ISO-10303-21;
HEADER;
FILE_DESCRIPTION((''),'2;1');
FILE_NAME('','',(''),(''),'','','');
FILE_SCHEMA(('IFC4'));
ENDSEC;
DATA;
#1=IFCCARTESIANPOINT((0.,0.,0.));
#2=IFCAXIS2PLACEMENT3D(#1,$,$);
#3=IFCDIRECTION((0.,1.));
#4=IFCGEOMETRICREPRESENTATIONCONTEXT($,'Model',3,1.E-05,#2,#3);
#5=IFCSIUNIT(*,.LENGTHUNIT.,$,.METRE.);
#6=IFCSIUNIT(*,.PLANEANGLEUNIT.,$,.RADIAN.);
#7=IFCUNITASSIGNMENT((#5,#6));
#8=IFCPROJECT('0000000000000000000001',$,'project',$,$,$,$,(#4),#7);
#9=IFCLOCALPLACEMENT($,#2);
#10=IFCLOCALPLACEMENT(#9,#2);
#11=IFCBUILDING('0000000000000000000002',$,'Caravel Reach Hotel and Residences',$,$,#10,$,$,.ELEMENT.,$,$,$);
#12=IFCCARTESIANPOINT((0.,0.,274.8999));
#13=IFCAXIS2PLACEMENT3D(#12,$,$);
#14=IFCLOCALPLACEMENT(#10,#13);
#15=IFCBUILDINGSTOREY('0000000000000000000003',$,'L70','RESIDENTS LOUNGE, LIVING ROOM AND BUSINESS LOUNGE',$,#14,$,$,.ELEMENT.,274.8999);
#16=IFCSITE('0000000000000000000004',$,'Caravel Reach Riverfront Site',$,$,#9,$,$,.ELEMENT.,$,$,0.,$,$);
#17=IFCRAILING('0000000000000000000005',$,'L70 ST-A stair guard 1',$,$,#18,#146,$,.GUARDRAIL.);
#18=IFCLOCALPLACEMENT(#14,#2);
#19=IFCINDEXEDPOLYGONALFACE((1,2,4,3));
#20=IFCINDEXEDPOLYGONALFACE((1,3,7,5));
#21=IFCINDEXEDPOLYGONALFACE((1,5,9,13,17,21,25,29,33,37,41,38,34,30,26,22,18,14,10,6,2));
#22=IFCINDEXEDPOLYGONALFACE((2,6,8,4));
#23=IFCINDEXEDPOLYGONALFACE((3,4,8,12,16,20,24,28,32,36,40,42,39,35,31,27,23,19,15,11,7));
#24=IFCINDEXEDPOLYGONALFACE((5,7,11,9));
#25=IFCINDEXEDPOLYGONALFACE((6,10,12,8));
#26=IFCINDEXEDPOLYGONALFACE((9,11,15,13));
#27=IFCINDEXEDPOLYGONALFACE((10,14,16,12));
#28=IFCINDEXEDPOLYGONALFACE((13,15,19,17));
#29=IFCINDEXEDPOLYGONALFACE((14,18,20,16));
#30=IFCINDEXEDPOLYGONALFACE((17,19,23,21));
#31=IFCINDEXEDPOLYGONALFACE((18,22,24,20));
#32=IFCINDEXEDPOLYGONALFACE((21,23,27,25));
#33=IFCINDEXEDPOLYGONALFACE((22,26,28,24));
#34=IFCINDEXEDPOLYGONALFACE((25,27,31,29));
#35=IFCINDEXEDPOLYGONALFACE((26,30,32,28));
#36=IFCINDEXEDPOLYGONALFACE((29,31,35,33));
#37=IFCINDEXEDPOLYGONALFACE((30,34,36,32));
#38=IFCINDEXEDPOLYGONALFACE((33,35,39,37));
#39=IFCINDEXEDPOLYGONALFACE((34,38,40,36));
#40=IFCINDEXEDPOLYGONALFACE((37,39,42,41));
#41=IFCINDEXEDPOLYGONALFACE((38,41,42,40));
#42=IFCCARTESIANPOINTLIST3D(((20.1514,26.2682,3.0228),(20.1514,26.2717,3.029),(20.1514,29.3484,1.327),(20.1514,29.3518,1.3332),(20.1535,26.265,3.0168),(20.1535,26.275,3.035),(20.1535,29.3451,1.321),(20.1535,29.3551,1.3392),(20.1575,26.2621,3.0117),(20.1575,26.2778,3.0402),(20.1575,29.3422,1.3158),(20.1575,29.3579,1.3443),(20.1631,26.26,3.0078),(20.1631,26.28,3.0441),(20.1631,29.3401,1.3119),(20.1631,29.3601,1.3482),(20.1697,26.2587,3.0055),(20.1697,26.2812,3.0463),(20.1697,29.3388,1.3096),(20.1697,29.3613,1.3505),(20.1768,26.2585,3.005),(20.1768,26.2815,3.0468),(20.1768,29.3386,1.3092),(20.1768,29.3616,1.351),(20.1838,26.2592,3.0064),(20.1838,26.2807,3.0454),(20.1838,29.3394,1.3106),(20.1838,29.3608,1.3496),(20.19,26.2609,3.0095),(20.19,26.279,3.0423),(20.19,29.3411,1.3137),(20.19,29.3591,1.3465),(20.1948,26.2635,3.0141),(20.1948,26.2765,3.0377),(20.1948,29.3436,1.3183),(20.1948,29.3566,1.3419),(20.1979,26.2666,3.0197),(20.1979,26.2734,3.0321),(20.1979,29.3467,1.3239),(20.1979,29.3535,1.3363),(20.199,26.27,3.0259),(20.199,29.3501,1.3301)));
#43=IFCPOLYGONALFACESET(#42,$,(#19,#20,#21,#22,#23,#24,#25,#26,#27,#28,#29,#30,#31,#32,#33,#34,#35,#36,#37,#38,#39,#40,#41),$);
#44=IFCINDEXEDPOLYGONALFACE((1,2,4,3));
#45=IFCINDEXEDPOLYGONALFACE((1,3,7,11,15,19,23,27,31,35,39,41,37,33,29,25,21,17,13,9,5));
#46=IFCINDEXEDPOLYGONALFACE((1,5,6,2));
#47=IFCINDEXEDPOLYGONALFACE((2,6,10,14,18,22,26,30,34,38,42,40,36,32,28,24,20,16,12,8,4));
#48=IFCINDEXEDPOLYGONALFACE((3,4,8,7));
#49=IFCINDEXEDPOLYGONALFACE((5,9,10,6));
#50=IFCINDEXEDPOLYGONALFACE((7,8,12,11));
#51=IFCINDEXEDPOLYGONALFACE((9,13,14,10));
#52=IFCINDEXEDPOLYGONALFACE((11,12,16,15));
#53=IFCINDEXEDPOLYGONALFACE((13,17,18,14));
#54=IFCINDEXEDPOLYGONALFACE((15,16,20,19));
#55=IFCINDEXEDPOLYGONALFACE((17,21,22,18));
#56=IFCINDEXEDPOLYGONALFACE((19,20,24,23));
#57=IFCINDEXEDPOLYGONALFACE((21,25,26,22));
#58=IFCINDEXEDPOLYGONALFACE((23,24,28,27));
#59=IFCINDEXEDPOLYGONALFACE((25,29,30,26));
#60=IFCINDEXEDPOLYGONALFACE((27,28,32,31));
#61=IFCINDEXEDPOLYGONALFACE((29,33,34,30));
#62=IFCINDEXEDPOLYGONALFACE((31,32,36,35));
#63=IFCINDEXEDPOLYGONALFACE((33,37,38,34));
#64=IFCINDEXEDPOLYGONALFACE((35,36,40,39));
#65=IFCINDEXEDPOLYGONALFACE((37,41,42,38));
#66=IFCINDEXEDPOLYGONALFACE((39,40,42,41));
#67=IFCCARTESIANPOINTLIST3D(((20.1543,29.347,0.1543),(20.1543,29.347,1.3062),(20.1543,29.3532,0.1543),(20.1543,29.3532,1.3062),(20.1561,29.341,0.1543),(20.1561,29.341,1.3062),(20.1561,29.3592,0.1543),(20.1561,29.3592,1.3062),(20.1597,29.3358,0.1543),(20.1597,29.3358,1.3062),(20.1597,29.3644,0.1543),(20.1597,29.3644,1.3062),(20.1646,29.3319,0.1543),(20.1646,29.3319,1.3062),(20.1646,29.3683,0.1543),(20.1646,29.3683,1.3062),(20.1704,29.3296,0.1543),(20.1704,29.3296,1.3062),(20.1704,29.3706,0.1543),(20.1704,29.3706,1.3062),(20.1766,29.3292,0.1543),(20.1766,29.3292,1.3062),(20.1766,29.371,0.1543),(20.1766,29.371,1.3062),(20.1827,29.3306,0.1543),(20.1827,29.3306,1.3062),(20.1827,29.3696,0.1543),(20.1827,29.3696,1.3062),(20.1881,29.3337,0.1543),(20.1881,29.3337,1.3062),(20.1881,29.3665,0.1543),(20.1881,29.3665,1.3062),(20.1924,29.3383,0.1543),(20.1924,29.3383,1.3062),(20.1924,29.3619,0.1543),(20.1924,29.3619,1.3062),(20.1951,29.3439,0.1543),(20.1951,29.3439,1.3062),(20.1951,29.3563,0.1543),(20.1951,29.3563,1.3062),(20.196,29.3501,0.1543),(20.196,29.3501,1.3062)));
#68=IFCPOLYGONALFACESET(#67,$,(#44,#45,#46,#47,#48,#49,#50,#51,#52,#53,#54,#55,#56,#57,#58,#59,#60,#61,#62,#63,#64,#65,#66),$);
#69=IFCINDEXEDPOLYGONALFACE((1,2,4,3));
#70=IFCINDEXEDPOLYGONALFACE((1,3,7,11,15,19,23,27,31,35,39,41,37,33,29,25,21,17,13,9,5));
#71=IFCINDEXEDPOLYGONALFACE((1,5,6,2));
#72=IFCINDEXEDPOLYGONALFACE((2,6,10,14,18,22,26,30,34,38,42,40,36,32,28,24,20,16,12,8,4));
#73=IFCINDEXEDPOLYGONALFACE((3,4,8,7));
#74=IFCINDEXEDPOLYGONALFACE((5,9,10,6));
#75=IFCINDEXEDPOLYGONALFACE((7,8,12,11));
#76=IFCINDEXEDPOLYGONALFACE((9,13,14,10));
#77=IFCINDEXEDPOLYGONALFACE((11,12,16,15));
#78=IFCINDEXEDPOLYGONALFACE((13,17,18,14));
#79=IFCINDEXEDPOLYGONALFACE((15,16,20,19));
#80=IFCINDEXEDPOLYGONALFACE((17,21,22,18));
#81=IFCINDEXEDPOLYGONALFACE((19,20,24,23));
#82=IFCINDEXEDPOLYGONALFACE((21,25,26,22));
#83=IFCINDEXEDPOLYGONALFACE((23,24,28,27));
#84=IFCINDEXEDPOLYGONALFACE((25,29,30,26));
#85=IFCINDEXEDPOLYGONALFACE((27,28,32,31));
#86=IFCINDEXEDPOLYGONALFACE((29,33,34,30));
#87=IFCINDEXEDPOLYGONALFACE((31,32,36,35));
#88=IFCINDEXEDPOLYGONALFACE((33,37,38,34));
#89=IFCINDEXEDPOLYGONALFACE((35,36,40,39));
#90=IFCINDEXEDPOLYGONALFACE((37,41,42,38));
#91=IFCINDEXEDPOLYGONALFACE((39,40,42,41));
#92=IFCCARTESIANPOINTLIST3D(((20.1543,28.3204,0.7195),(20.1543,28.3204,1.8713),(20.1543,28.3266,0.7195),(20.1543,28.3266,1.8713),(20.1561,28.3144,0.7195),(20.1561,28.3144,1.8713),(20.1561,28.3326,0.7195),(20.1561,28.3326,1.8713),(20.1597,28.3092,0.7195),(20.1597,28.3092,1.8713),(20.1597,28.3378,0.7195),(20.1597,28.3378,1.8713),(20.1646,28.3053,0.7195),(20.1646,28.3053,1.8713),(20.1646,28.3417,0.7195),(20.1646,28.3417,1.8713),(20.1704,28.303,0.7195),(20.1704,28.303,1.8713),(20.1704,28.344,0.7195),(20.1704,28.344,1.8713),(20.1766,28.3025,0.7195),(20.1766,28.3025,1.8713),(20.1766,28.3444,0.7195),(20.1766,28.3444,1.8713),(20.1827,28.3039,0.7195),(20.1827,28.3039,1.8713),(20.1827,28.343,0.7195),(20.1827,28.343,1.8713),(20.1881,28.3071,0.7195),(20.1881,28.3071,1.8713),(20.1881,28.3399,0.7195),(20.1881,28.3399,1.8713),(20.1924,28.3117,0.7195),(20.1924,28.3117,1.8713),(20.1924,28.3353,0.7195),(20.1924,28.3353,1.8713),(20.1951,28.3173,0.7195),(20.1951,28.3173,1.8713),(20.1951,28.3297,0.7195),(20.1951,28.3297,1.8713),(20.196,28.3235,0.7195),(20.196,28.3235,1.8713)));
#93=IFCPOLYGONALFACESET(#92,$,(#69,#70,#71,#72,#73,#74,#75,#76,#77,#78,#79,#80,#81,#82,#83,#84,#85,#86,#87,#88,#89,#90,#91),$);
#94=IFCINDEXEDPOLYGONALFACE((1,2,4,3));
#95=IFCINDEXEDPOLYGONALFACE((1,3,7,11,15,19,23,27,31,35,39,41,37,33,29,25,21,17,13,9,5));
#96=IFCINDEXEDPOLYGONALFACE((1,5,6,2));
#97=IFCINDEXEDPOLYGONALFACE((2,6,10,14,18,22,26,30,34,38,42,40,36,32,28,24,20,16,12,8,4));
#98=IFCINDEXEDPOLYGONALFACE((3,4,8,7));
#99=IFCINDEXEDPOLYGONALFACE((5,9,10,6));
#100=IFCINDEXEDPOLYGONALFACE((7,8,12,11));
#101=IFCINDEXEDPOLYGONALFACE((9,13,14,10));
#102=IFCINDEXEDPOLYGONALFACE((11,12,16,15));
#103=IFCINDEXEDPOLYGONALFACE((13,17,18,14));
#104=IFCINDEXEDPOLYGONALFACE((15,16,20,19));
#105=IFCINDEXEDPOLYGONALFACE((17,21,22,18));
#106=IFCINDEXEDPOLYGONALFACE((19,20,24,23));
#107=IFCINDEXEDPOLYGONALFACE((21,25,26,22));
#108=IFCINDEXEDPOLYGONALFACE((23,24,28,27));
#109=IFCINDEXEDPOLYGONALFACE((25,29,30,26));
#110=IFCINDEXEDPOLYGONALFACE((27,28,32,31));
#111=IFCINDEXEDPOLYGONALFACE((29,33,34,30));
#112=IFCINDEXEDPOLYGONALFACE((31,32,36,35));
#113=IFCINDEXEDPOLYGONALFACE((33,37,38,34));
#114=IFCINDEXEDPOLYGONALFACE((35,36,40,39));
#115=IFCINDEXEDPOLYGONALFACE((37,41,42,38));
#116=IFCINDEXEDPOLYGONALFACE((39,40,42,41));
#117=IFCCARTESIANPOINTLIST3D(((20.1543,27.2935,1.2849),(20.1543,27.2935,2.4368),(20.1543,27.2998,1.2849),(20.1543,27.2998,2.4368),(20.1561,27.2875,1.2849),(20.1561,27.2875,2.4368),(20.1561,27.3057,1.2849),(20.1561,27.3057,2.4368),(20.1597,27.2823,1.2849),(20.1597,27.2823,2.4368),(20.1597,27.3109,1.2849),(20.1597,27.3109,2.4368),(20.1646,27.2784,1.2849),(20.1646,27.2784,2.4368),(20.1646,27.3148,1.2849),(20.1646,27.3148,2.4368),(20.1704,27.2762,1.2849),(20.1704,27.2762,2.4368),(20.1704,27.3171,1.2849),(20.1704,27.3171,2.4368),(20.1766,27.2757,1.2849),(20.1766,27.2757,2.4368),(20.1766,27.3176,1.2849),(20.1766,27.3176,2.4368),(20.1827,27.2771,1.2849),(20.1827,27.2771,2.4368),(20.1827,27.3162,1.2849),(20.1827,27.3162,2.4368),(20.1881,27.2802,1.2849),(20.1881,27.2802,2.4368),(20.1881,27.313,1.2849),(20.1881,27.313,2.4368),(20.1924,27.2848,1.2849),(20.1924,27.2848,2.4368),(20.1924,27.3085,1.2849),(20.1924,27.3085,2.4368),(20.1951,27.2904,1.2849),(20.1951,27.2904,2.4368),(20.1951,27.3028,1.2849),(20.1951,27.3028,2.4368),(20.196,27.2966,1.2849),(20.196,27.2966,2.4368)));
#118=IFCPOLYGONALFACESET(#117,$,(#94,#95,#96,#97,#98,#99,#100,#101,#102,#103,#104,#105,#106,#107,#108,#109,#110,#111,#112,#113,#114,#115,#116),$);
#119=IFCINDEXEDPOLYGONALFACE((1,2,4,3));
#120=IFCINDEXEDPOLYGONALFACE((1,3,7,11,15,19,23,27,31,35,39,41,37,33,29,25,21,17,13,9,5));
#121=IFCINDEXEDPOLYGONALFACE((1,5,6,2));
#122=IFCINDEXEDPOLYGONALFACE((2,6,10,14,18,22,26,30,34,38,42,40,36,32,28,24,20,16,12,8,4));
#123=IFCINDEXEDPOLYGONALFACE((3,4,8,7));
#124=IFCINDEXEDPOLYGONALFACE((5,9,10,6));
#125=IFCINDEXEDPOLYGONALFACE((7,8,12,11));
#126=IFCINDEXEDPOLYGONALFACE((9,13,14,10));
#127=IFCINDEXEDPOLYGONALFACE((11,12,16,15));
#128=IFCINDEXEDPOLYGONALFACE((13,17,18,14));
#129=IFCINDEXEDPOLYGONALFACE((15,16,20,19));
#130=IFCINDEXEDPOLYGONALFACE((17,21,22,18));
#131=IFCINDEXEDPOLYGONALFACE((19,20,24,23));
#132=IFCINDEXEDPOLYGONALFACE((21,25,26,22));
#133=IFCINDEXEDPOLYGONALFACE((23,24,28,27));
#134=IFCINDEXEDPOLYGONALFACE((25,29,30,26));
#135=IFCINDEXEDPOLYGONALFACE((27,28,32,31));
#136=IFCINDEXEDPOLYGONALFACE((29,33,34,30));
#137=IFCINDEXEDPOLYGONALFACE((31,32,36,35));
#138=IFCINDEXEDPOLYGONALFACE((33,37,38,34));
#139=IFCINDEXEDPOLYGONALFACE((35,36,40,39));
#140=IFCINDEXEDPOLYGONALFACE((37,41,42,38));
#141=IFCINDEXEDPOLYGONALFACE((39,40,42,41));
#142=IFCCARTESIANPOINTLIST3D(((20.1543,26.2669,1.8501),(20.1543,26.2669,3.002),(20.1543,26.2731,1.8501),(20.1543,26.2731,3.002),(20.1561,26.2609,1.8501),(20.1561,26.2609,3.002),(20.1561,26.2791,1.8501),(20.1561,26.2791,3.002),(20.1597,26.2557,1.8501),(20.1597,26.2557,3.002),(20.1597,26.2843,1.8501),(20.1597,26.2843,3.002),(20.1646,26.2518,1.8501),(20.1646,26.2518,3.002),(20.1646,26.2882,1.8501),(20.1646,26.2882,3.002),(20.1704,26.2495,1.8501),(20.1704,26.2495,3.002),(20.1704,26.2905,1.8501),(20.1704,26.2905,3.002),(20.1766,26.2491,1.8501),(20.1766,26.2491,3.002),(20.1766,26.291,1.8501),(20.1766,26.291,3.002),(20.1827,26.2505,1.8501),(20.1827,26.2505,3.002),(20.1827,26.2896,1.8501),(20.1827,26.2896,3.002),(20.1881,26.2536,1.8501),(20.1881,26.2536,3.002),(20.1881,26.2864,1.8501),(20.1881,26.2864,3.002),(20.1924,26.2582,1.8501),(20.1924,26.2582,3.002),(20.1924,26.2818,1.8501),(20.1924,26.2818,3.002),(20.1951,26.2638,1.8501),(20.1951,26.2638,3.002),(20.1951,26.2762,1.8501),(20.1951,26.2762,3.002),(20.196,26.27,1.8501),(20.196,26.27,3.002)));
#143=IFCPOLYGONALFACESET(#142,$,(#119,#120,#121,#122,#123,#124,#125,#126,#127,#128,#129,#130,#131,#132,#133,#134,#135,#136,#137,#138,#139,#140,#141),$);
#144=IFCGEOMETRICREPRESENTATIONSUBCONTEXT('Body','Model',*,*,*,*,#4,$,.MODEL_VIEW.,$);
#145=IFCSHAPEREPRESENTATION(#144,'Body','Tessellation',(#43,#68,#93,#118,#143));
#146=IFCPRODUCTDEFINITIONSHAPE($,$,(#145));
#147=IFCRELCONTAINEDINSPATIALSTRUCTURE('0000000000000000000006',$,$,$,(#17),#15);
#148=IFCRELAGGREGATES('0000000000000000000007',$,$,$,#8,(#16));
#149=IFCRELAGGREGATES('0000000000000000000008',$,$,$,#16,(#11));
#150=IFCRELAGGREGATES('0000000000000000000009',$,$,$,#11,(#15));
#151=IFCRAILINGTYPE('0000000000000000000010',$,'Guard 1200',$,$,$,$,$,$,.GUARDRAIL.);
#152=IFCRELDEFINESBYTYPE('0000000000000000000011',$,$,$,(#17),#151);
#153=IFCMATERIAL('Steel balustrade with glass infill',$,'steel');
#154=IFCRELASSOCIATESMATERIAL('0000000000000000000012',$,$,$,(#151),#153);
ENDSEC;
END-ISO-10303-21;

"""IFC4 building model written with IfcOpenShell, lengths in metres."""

from ifc_helpers import new_model, si_unit, direction, frame, origin, origin_2d, place, context, subcontext, project, spatial, circle, extrude, material, type_object, element, save


model = new_model("IFC4")

# Units and contexts
model_context = context("Model", 3, precision=1e-05, world=origin(), true_north=direction((0.0, 1.0)))
body_context = subcontext(model_context, "Body", "Model", "MODEL_VIEW")
ifc_project = project(units=[si_unit("LENGTHUNIT", "METRE"), si_unit("PLANEANGLEUNIT", "RADIAN")], contexts=[model_context])

# Site, building, storey
site_placement = place(None, origin())
site = spatial("IfcSite", under=ifc_project, at=site_placement, Name="Caravel Reach Riverfront Site", CompositionType="ELEMENT", RefElevation=0.0)
building_placement = place(site_placement, origin())
building = spatial("IfcBuilding", under=site, at=building_placement, Name="Caravel Reach Hotel and Residences", CompositionType="ELEMENT")
storey_placement = place(building_placement, frame((0.0, 0.0, 274.8999)))
storey = spatial("IfcBuildingStorey", under=building, at=storey_placement, Name="L70", Description="RESIDENTS LOUNGE, LIVING ROOM AND BUSINESS LOUNGE", CompositionType="ELEMENT", Elevation=274.8999)

# Railing
ifc_material_1 = material(Name="Steel balustrade with glass infill", Category="steel")
railing_type_1 = type_object("IfcRailingType", Name="Guard 1200", PredefinedType="GUARDRAIL", material=ifc_material_1)
railing_1_placement = place(storey_placement, frame((20.175, 29.3501, 0.1543)))
element("IfcRailing", 1, at=railing_1_placement, inside=storey, type_object=railing_type_1, Name="L70 ST-A stair guard 1", PredefinedType="GUARDRAIL", context=body_context, shape_type="SweptSolid", body=[
    extrude(circle(Radius=0.0239, at=origin_2d()), frame((0.0, 0.0, 1.1758), z_axis=(0.0, -0.876005, 0.482303), x_axis=(1.0, 0.0, 0.0)), (0.0, 0.0, 1.0), 3.5161),
    extrude(circle(Radius=0.021, at=origin_2d()), origin(), (0.0, 0.0, 1.0), 1.1519),
    extrude(circle(Radius=0.021, at=origin_2d()), frame((0.0, -1.0266, 0.5652)), (0.0, 0.0, 1.0), 1.1519),
    extrude(circle(Radius=0.021, at=origin_2d()), frame((0.0, -2.0535, 1.1306)), (0.0, 0.0, 1.0), 1.1519),
    extrude(circle(Radius=0.021, at=origin_2d()), frame((0.0, -3.0801, 1.6958)), (0.0, 0.0, 1.0), 1.1519),
])

save(model, "model.ifc")
